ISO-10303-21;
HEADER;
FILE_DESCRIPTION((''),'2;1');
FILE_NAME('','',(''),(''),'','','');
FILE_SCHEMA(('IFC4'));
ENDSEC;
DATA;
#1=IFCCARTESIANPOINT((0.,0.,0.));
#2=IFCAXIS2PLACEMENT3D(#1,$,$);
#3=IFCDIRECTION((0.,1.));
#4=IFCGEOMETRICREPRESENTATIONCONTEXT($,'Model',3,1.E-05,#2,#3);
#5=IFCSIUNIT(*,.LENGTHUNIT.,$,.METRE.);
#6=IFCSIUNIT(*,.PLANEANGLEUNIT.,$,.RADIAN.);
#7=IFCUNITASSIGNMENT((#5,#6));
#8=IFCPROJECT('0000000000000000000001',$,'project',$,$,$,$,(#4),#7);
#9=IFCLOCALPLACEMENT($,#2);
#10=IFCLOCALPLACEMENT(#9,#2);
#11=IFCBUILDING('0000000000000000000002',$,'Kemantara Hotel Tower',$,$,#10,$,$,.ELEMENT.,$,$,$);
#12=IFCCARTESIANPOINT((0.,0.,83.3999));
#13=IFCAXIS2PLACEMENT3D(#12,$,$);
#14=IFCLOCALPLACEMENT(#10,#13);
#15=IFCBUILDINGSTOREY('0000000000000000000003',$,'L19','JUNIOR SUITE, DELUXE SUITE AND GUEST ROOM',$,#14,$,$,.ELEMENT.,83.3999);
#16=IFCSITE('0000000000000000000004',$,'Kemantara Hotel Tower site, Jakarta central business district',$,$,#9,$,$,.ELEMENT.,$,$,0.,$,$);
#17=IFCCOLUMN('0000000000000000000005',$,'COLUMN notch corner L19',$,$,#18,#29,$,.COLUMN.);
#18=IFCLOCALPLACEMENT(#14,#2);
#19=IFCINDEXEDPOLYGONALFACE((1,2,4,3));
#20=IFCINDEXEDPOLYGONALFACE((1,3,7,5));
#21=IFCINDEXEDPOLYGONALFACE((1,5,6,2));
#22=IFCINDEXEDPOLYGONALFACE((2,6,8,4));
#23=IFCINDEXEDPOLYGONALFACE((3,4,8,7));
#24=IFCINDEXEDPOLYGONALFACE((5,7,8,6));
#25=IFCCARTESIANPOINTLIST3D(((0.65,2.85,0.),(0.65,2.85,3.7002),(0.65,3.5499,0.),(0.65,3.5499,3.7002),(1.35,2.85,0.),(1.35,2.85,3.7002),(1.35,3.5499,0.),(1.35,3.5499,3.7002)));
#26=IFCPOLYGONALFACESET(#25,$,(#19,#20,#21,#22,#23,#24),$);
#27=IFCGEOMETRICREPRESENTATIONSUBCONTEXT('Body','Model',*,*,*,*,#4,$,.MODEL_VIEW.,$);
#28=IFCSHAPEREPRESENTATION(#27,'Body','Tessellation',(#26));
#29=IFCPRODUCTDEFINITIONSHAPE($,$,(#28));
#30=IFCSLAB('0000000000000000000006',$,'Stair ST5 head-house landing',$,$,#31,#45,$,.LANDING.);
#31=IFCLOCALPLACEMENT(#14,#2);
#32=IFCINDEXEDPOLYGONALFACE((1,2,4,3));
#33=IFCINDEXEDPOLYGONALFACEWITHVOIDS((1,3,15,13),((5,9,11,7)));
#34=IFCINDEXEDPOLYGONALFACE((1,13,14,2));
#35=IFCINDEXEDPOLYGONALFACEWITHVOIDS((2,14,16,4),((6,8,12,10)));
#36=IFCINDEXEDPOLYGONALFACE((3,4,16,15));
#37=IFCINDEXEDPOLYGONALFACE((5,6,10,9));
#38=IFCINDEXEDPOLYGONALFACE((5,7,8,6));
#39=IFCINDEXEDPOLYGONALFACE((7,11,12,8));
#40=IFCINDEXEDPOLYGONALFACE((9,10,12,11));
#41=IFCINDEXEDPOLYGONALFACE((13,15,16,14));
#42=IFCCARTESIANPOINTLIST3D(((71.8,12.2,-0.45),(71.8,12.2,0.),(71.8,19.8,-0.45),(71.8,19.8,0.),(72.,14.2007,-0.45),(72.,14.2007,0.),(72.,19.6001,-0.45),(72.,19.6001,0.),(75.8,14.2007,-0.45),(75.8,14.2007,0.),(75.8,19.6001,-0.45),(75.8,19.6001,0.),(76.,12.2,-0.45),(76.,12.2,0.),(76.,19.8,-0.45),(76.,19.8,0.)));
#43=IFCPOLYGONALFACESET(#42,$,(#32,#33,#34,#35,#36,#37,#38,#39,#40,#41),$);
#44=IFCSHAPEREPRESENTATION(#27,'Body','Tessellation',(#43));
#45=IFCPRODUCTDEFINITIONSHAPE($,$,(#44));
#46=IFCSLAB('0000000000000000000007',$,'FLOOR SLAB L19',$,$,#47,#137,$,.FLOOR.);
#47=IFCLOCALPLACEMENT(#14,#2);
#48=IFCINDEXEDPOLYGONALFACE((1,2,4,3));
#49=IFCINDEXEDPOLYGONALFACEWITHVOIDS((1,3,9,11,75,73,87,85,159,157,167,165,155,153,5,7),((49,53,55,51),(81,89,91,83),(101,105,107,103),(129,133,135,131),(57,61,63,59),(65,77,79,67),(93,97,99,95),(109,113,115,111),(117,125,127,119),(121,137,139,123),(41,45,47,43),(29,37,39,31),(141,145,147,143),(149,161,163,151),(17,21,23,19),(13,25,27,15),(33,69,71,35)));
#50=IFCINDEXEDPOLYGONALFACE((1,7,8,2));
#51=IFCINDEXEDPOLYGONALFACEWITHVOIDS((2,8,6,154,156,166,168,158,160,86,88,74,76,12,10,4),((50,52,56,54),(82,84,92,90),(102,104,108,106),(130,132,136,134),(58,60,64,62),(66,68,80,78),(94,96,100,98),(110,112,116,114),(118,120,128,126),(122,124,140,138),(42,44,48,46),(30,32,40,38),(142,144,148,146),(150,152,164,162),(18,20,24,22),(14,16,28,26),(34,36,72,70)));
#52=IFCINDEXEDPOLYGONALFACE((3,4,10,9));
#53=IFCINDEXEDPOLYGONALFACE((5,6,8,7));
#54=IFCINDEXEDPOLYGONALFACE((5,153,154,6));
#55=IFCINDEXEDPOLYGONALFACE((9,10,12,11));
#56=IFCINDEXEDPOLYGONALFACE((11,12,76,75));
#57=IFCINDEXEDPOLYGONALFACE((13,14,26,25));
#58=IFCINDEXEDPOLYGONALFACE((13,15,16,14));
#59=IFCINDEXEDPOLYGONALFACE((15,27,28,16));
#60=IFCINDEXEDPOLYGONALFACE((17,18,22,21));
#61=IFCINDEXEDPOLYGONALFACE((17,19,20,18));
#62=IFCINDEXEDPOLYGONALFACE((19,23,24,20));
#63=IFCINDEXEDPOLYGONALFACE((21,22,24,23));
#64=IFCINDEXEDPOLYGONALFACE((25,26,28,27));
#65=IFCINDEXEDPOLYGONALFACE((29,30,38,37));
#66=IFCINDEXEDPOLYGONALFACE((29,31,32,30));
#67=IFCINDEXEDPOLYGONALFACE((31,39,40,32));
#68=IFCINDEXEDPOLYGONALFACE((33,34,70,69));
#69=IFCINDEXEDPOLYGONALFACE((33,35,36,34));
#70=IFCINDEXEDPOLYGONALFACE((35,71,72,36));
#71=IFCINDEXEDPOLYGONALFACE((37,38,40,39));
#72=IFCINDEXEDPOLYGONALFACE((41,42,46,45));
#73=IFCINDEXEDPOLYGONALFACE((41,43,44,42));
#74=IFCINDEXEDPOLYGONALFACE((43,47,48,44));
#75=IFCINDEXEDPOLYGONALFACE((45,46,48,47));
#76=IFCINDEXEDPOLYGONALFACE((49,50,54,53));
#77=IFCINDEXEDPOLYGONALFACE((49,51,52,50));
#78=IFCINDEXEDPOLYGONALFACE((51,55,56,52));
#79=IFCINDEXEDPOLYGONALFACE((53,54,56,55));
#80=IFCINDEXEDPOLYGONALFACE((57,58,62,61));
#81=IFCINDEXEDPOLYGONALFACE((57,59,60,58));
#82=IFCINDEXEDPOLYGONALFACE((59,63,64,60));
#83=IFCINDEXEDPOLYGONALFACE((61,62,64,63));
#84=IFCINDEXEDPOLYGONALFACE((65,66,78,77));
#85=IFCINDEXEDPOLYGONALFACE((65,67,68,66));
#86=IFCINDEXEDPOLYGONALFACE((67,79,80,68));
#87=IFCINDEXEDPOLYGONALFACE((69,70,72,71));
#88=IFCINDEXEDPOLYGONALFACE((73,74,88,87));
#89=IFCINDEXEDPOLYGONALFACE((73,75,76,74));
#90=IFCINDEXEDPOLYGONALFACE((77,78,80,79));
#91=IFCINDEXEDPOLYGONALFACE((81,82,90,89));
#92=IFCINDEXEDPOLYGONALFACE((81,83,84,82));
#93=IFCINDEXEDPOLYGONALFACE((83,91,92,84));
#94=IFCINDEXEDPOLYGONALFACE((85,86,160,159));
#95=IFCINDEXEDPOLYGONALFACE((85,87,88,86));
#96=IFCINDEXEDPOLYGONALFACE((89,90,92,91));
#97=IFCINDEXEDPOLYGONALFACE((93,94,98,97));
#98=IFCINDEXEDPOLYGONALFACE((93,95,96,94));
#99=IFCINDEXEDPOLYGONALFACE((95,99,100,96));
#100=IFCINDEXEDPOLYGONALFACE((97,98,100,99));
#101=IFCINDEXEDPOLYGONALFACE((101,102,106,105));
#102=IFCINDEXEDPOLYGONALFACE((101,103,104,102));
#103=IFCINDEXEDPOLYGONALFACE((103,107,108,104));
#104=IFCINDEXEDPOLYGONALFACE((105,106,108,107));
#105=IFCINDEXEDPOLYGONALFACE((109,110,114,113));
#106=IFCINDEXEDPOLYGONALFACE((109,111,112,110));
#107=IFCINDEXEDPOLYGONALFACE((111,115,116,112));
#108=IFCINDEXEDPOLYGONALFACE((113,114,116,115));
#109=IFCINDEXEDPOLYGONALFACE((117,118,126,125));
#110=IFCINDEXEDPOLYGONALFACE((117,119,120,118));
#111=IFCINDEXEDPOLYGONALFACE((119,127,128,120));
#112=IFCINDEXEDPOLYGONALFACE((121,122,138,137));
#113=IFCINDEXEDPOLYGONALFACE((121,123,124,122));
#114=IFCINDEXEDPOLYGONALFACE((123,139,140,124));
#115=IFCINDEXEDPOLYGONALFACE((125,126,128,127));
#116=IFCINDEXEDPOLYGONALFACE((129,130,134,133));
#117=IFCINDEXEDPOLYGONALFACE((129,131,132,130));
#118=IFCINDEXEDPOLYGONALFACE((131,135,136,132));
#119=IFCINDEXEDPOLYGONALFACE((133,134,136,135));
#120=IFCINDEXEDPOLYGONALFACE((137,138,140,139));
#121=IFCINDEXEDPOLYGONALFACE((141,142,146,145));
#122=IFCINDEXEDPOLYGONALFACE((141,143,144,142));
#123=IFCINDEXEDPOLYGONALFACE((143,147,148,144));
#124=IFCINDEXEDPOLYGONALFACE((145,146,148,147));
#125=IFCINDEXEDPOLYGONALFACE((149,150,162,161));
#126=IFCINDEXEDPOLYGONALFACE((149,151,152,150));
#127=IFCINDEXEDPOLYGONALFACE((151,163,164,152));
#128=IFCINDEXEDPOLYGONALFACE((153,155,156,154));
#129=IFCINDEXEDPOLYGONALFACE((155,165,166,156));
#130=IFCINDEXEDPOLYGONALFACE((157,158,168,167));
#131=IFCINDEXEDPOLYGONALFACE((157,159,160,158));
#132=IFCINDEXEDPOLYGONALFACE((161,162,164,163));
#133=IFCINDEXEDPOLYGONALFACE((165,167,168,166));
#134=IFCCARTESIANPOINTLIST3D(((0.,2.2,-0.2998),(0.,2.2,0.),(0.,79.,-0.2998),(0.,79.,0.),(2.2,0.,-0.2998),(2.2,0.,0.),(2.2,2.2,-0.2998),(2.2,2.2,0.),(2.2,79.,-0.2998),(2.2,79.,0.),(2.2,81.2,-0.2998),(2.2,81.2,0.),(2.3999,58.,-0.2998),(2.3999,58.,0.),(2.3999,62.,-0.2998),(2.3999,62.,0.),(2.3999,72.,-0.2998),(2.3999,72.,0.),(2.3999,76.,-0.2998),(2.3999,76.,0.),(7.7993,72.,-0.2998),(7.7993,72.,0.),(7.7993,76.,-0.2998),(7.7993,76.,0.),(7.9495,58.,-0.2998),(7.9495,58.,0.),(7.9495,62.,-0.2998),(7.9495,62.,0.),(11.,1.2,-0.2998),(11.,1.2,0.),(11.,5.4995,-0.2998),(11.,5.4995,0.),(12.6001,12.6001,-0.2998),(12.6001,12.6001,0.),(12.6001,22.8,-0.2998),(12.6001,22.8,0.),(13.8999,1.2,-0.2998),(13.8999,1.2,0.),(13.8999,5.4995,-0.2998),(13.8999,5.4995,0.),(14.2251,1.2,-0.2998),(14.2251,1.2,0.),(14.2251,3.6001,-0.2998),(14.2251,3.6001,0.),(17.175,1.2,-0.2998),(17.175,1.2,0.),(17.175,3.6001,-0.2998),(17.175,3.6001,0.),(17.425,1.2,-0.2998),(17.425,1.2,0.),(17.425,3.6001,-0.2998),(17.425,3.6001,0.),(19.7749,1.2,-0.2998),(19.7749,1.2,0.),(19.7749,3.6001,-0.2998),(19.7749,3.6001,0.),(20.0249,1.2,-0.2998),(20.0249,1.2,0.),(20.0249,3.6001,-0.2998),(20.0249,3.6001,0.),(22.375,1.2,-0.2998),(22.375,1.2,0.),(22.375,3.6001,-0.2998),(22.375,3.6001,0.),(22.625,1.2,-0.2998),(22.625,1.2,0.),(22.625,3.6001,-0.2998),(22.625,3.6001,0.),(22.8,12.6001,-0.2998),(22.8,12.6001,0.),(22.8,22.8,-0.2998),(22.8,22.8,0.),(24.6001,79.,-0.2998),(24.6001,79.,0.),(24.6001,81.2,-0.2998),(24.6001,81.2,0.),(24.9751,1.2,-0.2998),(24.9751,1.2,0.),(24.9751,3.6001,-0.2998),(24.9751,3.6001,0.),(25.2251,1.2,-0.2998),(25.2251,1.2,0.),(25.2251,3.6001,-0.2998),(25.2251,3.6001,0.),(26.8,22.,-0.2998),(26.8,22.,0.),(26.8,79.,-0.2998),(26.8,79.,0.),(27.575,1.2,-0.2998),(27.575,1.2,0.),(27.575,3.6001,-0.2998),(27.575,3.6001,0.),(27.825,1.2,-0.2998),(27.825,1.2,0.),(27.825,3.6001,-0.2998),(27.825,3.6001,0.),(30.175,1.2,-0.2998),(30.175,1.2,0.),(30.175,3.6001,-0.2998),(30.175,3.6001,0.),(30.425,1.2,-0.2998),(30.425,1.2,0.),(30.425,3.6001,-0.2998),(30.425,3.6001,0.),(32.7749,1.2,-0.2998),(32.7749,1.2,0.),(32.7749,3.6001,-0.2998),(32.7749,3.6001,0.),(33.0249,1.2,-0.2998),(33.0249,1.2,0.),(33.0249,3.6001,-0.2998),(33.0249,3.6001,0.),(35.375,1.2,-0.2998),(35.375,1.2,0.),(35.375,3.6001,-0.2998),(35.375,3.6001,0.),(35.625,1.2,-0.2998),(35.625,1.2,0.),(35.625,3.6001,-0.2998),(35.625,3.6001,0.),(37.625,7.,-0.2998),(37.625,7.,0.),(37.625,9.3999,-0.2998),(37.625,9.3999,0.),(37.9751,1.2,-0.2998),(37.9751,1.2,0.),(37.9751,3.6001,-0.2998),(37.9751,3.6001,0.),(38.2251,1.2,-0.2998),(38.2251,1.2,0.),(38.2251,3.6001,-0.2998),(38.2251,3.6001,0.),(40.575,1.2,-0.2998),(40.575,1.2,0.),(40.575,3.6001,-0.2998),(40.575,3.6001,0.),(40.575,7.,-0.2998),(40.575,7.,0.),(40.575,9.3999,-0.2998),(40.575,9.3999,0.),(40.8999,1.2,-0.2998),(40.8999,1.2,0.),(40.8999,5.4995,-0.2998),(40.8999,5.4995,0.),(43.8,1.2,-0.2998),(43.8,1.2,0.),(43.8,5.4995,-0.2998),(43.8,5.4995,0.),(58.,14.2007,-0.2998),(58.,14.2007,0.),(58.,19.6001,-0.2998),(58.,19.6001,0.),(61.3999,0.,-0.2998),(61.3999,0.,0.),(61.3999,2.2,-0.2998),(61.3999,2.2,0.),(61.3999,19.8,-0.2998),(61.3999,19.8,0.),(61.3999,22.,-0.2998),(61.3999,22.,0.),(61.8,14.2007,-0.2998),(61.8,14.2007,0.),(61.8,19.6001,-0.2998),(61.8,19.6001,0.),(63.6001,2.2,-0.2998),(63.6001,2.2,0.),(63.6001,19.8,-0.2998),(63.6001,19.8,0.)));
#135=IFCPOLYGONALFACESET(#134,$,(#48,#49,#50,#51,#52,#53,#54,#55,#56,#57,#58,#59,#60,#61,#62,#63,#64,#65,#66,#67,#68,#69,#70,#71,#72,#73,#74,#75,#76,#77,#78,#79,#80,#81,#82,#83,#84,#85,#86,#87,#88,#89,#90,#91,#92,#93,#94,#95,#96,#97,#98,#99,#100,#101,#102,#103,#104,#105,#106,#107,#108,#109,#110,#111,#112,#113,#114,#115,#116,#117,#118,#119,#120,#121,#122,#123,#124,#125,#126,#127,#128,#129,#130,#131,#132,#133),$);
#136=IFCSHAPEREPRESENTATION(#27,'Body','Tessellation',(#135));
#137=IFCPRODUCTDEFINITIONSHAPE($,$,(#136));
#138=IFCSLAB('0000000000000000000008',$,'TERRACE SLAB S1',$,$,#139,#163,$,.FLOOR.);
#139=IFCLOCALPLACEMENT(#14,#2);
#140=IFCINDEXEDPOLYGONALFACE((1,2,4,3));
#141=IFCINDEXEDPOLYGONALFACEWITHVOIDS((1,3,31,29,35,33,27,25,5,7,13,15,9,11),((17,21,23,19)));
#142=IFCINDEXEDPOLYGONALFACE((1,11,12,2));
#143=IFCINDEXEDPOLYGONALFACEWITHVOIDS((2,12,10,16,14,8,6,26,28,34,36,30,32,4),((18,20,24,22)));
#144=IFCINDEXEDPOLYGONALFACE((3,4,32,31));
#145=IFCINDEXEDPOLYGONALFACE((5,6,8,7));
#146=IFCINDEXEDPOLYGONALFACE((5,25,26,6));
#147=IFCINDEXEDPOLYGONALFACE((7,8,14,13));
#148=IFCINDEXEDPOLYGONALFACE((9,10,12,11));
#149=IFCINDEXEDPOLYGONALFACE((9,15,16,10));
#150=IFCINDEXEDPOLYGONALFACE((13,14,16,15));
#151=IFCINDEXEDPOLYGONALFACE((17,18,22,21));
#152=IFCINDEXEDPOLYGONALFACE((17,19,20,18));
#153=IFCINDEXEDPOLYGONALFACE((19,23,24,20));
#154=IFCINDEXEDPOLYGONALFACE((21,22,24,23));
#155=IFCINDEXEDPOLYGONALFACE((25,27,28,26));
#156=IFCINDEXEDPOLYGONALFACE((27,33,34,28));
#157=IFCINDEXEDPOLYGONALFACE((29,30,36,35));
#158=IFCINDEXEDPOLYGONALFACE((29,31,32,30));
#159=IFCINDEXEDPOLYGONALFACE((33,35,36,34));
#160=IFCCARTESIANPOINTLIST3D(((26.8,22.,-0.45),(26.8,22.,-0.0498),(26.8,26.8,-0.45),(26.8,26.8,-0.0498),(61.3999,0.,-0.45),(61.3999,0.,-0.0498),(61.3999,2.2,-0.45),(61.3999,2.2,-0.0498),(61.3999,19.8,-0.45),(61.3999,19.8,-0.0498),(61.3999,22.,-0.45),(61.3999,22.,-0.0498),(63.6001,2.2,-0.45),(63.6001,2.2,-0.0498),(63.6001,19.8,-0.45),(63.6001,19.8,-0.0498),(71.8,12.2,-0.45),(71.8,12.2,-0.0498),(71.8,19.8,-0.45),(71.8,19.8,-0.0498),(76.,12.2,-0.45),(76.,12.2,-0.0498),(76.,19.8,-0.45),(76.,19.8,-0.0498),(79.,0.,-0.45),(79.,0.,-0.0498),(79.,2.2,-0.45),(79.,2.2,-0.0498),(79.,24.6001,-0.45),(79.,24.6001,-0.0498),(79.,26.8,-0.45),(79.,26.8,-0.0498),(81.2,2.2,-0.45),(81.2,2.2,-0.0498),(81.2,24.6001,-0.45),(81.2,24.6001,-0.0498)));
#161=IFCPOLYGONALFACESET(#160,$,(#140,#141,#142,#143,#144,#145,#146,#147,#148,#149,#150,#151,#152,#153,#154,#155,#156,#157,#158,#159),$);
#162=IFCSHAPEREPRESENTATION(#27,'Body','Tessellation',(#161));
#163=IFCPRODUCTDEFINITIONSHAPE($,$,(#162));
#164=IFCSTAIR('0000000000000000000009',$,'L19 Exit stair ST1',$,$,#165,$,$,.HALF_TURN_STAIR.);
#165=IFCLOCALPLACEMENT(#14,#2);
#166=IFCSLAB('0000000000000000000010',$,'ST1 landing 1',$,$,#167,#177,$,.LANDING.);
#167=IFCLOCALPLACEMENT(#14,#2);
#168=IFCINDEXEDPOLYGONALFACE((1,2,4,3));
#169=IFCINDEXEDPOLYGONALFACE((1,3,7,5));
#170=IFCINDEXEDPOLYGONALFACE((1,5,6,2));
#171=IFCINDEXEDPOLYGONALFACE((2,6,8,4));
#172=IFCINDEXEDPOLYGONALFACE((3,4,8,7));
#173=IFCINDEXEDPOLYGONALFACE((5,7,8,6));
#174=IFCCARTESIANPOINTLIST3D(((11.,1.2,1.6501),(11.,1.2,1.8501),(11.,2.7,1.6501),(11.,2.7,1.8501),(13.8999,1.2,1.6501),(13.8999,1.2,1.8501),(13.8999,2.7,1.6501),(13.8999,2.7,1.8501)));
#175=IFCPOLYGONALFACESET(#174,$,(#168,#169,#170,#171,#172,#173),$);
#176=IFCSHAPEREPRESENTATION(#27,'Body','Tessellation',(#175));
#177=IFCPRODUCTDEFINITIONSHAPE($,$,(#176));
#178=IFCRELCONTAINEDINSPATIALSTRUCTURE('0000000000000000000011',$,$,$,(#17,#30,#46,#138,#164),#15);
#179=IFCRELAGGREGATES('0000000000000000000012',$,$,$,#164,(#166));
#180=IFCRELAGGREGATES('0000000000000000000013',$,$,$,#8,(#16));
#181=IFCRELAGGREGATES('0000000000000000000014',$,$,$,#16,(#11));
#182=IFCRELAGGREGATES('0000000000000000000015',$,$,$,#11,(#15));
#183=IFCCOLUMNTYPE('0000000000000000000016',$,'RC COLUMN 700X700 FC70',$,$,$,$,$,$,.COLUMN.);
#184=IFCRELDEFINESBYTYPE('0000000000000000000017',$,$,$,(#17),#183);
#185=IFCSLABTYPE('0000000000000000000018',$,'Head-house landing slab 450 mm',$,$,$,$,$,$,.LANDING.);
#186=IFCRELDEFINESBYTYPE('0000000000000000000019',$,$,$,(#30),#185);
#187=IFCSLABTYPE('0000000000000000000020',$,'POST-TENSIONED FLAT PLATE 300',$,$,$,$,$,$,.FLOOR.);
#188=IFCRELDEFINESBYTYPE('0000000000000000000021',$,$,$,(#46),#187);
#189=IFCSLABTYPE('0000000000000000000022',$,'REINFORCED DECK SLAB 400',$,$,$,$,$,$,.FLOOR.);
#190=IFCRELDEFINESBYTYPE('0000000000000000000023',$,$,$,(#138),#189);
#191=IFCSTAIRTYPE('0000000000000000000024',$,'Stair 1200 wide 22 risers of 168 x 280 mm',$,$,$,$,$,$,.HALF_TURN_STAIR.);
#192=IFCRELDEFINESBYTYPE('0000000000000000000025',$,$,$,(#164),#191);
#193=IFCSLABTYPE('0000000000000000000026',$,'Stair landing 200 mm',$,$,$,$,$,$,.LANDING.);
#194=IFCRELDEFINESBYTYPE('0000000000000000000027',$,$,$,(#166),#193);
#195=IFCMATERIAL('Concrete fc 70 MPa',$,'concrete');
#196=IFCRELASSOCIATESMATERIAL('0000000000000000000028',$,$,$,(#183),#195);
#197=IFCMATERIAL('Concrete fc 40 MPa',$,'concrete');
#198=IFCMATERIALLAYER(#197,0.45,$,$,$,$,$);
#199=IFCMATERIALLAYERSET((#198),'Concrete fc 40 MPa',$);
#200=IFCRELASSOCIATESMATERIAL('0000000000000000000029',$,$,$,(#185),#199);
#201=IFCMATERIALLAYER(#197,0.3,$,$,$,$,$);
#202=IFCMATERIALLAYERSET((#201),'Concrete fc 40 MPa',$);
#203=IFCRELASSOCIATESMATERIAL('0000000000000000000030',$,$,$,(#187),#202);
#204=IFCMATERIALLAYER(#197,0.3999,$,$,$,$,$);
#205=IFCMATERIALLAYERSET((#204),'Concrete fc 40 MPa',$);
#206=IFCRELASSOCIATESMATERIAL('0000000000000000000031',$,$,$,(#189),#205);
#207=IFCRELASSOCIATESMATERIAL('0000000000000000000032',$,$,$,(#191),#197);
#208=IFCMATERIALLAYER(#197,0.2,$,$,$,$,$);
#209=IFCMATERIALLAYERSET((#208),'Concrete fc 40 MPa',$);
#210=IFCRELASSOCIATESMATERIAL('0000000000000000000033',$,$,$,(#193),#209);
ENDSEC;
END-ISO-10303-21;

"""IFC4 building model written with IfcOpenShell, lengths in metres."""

from ifc_helpers import new_model, si_unit, direction, frame, origin, origin_2d, place, context, subcontext, project, spatial, polyline, rectangle, outline, extrude, material, layer, layer_set, material_profile, profile_set, type_object, element, aggregate, save


model = new_model("IFC4")

# Units and contexts
model_context = context("Model", 3, precision=1e-05, world=origin(), true_north=direction((0.0, 1.0)))
body_context = subcontext(model_context, "Body", "Model", "MODEL_VIEW")
ifc_project = project(units=[si_unit("LENGTHUNIT", "METRE"), si_unit("PLANEANGLEUNIT", "RADIAN")], contexts=[model_context])

# Site, building, storey
site_placement = place(None, origin())
site = spatial("IfcSite", under=ifc_project, at=site_placement, Name="Kemantara Hotel Tower site, Jakarta central business district", CompositionType="ELEMENT", RefElevation=0.0)
building_placement = place(site_placement, origin())
building = spatial("IfcBuilding", under=site, at=building_placement, Name="Kemantara Hotel Tower", CompositionType="ELEMENT")
storey_placement = place(building_placement, frame((0.0, 0.0, 83.3999)))
storey = spatial("IfcBuildingStorey", under=building, at=storey_placement, Name="L19", Description="JUNIOR SUITE, DELUXE SUITE AND GUEST ROOM", CompositionType="ELEMENT", Elevation=83.3999)

# Column
ifc_material_1 = material(Name="Concrete fc 70 MPa", Category="concrete")
ifc_material_profile = material_profile(ifc_material_1, rectangle(XDim=0.7, YDim=0.7, at=origin_2d()), Name="RC 700X700")
ifc_profile_set = profile_set([ifc_material_profile], Name="Concrete fc 70 MPa")
column_type = type_object("IfcColumnType", Name="RC COLUMN 700X700 FC70", PredefinedType="COLUMN", material=ifc_profile_set)
column_placement = place(storey_placement, frame((1.0, 3.2, 0.0), z_axis=(0.0, 0.0, 1.0), x_axis=(1.0, 0.0, 0.0)))
element("IfcColumn", 1, at=column_placement, inside=storey, type_object=column_type, Name="COLUMN notch corner L19", PredefinedType="COLUMN", context=body_context, shape_type="SweptSolid", body=[
    extrude(rectangle(XDim=0.7, YDim=0.7, at=origin_2d()), origin(), (0.0, 0.0, 1.0), 3.7002),
])

# Slabs
ifc_material_2 = material(Name="Concrete fc 40 MPa", Category="concrete")
ifc_layer_1 = layer(ifc_material_2, 0.45)
ifc_layer_set_1 = layer_set([ifc_layer_1], Name="Concrete fc 40 MPa")
slab_type_1 = type_object("IfcSlabType", Name="Head-house landing slab 450 mm", PredefinedType="LANDING", material=ifc_layer_set_1)
slab_1_placement = place(storey_placement, frame((0.0, 0.0, -0.45)))
element("IfcSlab", 2, at=slab_1_placement, inside=storey, type_object=slab_type_1, Name="Stair ST5 head-house landing", PredefinedType="LANDING", context=body_context, shape_type="SweptSolid", body=[
    extrude(outline(polyline([(71.8, 12.2), (76.0, 12.2), (76.0, 19.8), (71.8, 19.8), (71.8, 12.2)]), holes=[polyline([(75.8, 14.2007), (72.0, 14.2007), (72.0, 19.6001), (75.8, 19.6001), (75.8, 14.2007)])]), origin(), (0.0, 0.0, 1.0), 0.45),
])
ifc_layer_2 = layer(ifc_material_2, 0.3)
ifc_layer_set_2 = layer_set([ifc_layer_2], Name="Concrete fc 40 MPa")
slab_type_2 = type_object("IfcSlabType", Name="POST-TENSIONED FLAT PLATE 300", PredefinedType="FLOOR", material=ifc_layer_set_2)
slab_2_placement = place(storey_placement, frame((0.0, 0.0, -0.2998)))
element("IfcSlab", 3, at=slab_2_placement, inside=storey, type_object=slab_type_2, Name="FLOOR SLAB L19", PredefinedType="FLOOR", context=body_context, shape_type="SweptSolid", body=[
    extrude(outline(polyline([(26.8, 79.0), (24.6001, 79.0), (24.6001, 81.2), (2.2, 81.2), (2.2, 79.0), (0.0, 79.0), (0.0, 2.2), (2.2, 2.2), (2.2, 0.0), (61.3999, 0.0), (61.3999, 2.2), (63.6001, 2.2), (63.6001, 19.8), (61.3999, 19.8), (61.3999, 22.0), (26.8, 22.0), (26.8, 79.0)]), holes=[polyline([(17.175, 1.2), (14.2251, 1.2), (14.2251, 3.6001), (17.175, 3.6001), (17.175, 1.2)]), polyline([(19.7749, 1.2), (17.425, 1.2), (17.425, 3.6001), (19.7749, 3.6001), (19.7749, 1.2)]), polyline([(22.375, 1.2), (20.0249, 1.2), (20.0249, 3.6001), (22.375, 3.6001), (22.375, 1.2)]), polyline([(24.9751, 1.2), (22.625, 1.2), (22.625, 3.6001), (24.9751, 3.6001), (24.9751, 1.2)]), polyline([(27.575, 1.2), (25.2251, 1.2), (25.2251, 3.6001), (27.575, 3.6001), (27.575, 1.2)]), polyline([(11.0, 1.2), (11.0, 5.4995), (13.8999, 5.4995), (13.8999, 1.2), (11.0, 1.2)]), polyline([(22.8, 12.6001), (12.6001, 12.6001), (12.6001, 22.8), (22.8, 22.8), (22.8, 12.6001)]), polyline([(2.3999, 62.0), (7.9495, 62.0), (7.9495, 58.0), (2.3999, 58.0), (2.3999, 62.0)]), polyline([(2.3999, 76.0), (7.7993, 76.0), (7.7993, 72.0), (2.3999, 72.0), (2.3999, 76.0)]), polyline([(30.175, 1.2), (27.825, 1.2), (27.825, 3.6001), (30.175, 3.6001), (30.175, 1.2)]), polyline([(32.7749, 1.2), (30.425, 1.2), (30.425, 3.6001), (32.7749, 3.6001), (32.7749, 1.2)]), polyline([(35.375, 1.2), (33.0249, 1.2), (33.0249, 3.6001), (35.375, 3.6001), (35.375, 1.2)]), polyline([(37.9751, 1.2), (35.625, 1.2), (35.625, 3.6001), (37.9751, 3.6001), (37.9751, 1.2)]), polyline([(40.575, 1.2), (38.2251, 1.2), (38.2251, 3.6001), (40.575, 3.6001), (40.575, 1.2)]), polyline([(40.8999, 1.2), (40.8999, 5.4995), (43.8, 5.4995), (43.8, 1.2), (40.8999, 1.2)]), polyline([(37.625, 7.0), (37.625, 9.3999), (40.575, 9.3999), (40.575, 7.0), (37.625, 7.0)]), polyline([(61.8, 14.2007), (58.0, 14.2007), (58.0, 19.6001), (61.8, 19.6001), (61.8, 14.2007)])]), origin(), (0.0, 0.0, 1.0), 0.2998),
])
ifc_layer_3 = layer(ifc_material_2, 0.3999)
ifc_layer_set_3 = layer_set([ifc_layer_3], Name="Concrete fc 40 MPa")
slab_type_3 = type_object("IfcSlabType", Name="REINFORCED DECK SLAB 400", PredefinedType="FLOOR", material=ifc_layer_set_3)
slab_3_placement = place(storey_placement, frame((0.0, 0.0, -0.45)))
element("IfcSlab", 4, at=slab_3_placement, inside=storey, type_object=slab_type_3, Name="TERRACE SLAB S1", PredefinedType="FLOOR", context=body_context, shape_type="SweptSolid", body=[
    extrude(outline(polyline([(79.0, 26.8), (26.8, 26.8), (26.8, 22.0), (61.3999, 22.0), (61.3999, 19.8), (63.6001, 19.8), (63.6001, 2.2), (61.3999, 2.2), (61.3999, 0.0), (79.0, 0.0), (79.0, 2.2), (81.2, 2.2), (81.2, 24.6001), (79.0, 24.6001), (79.0, 26.8)]), holes=[polyline([(76.0, 12.2), (71.8, 12.2), (71.8, 19.8), (76.0, 19.8), (76.0, 12.2)])]), origin(), (0.0, 0.0, 1.0), 0.4001),
])

# Stair, slab
stair_type_1 = type_object("IfcStairType", Name="Stair 1200 wide 22 risers of 168 x 280 mm", PredefinedType="HALF_TURN_STAIR", material=ifc_material_2)
stair_1_placement = place(storey_placement, origin())
stair_1 = element("IfcStair", 5, at=stair_1_placement, inside=storey, type_object=stair_type_1, Name="L19 Exit stair ST1", PredefinedType="HALF_TURN_STAIR")
ifc_layer_4 = layer(ifc_material_2, 0.2)
ifc_layer_set_4 = layer_set([ifc_layer_4], Name="Concrete fc 40 MPa")
slab_type_4 = type_object("IfcSlabType", Name="Stair landing 200 mm", PredefinedType="LANDING", material=ifc_layer_set_4)
slab_4_placement = place(storey_placement, frame((0.0, 0.0, 1.6501)))
slab_4 = element("IfcSlab", 6, at=slab_4_placement, type_object=slab_type_4, Name="ST1 landing 1", PredefinedType="LANDING", context=body_context, shape_type="SweptSolid", body=[
    extrude(outline(polyline([(11.0, 2.7), (11.0, 1.2), (13.8999, 1.2), (13.8999, 2.7), (11.0, 2.7)])), origin(), (0.0, 0.0, 1.0), 0.2),
])
aggregate(stair_1, [slab_4])

save(model, "model.ifc")
